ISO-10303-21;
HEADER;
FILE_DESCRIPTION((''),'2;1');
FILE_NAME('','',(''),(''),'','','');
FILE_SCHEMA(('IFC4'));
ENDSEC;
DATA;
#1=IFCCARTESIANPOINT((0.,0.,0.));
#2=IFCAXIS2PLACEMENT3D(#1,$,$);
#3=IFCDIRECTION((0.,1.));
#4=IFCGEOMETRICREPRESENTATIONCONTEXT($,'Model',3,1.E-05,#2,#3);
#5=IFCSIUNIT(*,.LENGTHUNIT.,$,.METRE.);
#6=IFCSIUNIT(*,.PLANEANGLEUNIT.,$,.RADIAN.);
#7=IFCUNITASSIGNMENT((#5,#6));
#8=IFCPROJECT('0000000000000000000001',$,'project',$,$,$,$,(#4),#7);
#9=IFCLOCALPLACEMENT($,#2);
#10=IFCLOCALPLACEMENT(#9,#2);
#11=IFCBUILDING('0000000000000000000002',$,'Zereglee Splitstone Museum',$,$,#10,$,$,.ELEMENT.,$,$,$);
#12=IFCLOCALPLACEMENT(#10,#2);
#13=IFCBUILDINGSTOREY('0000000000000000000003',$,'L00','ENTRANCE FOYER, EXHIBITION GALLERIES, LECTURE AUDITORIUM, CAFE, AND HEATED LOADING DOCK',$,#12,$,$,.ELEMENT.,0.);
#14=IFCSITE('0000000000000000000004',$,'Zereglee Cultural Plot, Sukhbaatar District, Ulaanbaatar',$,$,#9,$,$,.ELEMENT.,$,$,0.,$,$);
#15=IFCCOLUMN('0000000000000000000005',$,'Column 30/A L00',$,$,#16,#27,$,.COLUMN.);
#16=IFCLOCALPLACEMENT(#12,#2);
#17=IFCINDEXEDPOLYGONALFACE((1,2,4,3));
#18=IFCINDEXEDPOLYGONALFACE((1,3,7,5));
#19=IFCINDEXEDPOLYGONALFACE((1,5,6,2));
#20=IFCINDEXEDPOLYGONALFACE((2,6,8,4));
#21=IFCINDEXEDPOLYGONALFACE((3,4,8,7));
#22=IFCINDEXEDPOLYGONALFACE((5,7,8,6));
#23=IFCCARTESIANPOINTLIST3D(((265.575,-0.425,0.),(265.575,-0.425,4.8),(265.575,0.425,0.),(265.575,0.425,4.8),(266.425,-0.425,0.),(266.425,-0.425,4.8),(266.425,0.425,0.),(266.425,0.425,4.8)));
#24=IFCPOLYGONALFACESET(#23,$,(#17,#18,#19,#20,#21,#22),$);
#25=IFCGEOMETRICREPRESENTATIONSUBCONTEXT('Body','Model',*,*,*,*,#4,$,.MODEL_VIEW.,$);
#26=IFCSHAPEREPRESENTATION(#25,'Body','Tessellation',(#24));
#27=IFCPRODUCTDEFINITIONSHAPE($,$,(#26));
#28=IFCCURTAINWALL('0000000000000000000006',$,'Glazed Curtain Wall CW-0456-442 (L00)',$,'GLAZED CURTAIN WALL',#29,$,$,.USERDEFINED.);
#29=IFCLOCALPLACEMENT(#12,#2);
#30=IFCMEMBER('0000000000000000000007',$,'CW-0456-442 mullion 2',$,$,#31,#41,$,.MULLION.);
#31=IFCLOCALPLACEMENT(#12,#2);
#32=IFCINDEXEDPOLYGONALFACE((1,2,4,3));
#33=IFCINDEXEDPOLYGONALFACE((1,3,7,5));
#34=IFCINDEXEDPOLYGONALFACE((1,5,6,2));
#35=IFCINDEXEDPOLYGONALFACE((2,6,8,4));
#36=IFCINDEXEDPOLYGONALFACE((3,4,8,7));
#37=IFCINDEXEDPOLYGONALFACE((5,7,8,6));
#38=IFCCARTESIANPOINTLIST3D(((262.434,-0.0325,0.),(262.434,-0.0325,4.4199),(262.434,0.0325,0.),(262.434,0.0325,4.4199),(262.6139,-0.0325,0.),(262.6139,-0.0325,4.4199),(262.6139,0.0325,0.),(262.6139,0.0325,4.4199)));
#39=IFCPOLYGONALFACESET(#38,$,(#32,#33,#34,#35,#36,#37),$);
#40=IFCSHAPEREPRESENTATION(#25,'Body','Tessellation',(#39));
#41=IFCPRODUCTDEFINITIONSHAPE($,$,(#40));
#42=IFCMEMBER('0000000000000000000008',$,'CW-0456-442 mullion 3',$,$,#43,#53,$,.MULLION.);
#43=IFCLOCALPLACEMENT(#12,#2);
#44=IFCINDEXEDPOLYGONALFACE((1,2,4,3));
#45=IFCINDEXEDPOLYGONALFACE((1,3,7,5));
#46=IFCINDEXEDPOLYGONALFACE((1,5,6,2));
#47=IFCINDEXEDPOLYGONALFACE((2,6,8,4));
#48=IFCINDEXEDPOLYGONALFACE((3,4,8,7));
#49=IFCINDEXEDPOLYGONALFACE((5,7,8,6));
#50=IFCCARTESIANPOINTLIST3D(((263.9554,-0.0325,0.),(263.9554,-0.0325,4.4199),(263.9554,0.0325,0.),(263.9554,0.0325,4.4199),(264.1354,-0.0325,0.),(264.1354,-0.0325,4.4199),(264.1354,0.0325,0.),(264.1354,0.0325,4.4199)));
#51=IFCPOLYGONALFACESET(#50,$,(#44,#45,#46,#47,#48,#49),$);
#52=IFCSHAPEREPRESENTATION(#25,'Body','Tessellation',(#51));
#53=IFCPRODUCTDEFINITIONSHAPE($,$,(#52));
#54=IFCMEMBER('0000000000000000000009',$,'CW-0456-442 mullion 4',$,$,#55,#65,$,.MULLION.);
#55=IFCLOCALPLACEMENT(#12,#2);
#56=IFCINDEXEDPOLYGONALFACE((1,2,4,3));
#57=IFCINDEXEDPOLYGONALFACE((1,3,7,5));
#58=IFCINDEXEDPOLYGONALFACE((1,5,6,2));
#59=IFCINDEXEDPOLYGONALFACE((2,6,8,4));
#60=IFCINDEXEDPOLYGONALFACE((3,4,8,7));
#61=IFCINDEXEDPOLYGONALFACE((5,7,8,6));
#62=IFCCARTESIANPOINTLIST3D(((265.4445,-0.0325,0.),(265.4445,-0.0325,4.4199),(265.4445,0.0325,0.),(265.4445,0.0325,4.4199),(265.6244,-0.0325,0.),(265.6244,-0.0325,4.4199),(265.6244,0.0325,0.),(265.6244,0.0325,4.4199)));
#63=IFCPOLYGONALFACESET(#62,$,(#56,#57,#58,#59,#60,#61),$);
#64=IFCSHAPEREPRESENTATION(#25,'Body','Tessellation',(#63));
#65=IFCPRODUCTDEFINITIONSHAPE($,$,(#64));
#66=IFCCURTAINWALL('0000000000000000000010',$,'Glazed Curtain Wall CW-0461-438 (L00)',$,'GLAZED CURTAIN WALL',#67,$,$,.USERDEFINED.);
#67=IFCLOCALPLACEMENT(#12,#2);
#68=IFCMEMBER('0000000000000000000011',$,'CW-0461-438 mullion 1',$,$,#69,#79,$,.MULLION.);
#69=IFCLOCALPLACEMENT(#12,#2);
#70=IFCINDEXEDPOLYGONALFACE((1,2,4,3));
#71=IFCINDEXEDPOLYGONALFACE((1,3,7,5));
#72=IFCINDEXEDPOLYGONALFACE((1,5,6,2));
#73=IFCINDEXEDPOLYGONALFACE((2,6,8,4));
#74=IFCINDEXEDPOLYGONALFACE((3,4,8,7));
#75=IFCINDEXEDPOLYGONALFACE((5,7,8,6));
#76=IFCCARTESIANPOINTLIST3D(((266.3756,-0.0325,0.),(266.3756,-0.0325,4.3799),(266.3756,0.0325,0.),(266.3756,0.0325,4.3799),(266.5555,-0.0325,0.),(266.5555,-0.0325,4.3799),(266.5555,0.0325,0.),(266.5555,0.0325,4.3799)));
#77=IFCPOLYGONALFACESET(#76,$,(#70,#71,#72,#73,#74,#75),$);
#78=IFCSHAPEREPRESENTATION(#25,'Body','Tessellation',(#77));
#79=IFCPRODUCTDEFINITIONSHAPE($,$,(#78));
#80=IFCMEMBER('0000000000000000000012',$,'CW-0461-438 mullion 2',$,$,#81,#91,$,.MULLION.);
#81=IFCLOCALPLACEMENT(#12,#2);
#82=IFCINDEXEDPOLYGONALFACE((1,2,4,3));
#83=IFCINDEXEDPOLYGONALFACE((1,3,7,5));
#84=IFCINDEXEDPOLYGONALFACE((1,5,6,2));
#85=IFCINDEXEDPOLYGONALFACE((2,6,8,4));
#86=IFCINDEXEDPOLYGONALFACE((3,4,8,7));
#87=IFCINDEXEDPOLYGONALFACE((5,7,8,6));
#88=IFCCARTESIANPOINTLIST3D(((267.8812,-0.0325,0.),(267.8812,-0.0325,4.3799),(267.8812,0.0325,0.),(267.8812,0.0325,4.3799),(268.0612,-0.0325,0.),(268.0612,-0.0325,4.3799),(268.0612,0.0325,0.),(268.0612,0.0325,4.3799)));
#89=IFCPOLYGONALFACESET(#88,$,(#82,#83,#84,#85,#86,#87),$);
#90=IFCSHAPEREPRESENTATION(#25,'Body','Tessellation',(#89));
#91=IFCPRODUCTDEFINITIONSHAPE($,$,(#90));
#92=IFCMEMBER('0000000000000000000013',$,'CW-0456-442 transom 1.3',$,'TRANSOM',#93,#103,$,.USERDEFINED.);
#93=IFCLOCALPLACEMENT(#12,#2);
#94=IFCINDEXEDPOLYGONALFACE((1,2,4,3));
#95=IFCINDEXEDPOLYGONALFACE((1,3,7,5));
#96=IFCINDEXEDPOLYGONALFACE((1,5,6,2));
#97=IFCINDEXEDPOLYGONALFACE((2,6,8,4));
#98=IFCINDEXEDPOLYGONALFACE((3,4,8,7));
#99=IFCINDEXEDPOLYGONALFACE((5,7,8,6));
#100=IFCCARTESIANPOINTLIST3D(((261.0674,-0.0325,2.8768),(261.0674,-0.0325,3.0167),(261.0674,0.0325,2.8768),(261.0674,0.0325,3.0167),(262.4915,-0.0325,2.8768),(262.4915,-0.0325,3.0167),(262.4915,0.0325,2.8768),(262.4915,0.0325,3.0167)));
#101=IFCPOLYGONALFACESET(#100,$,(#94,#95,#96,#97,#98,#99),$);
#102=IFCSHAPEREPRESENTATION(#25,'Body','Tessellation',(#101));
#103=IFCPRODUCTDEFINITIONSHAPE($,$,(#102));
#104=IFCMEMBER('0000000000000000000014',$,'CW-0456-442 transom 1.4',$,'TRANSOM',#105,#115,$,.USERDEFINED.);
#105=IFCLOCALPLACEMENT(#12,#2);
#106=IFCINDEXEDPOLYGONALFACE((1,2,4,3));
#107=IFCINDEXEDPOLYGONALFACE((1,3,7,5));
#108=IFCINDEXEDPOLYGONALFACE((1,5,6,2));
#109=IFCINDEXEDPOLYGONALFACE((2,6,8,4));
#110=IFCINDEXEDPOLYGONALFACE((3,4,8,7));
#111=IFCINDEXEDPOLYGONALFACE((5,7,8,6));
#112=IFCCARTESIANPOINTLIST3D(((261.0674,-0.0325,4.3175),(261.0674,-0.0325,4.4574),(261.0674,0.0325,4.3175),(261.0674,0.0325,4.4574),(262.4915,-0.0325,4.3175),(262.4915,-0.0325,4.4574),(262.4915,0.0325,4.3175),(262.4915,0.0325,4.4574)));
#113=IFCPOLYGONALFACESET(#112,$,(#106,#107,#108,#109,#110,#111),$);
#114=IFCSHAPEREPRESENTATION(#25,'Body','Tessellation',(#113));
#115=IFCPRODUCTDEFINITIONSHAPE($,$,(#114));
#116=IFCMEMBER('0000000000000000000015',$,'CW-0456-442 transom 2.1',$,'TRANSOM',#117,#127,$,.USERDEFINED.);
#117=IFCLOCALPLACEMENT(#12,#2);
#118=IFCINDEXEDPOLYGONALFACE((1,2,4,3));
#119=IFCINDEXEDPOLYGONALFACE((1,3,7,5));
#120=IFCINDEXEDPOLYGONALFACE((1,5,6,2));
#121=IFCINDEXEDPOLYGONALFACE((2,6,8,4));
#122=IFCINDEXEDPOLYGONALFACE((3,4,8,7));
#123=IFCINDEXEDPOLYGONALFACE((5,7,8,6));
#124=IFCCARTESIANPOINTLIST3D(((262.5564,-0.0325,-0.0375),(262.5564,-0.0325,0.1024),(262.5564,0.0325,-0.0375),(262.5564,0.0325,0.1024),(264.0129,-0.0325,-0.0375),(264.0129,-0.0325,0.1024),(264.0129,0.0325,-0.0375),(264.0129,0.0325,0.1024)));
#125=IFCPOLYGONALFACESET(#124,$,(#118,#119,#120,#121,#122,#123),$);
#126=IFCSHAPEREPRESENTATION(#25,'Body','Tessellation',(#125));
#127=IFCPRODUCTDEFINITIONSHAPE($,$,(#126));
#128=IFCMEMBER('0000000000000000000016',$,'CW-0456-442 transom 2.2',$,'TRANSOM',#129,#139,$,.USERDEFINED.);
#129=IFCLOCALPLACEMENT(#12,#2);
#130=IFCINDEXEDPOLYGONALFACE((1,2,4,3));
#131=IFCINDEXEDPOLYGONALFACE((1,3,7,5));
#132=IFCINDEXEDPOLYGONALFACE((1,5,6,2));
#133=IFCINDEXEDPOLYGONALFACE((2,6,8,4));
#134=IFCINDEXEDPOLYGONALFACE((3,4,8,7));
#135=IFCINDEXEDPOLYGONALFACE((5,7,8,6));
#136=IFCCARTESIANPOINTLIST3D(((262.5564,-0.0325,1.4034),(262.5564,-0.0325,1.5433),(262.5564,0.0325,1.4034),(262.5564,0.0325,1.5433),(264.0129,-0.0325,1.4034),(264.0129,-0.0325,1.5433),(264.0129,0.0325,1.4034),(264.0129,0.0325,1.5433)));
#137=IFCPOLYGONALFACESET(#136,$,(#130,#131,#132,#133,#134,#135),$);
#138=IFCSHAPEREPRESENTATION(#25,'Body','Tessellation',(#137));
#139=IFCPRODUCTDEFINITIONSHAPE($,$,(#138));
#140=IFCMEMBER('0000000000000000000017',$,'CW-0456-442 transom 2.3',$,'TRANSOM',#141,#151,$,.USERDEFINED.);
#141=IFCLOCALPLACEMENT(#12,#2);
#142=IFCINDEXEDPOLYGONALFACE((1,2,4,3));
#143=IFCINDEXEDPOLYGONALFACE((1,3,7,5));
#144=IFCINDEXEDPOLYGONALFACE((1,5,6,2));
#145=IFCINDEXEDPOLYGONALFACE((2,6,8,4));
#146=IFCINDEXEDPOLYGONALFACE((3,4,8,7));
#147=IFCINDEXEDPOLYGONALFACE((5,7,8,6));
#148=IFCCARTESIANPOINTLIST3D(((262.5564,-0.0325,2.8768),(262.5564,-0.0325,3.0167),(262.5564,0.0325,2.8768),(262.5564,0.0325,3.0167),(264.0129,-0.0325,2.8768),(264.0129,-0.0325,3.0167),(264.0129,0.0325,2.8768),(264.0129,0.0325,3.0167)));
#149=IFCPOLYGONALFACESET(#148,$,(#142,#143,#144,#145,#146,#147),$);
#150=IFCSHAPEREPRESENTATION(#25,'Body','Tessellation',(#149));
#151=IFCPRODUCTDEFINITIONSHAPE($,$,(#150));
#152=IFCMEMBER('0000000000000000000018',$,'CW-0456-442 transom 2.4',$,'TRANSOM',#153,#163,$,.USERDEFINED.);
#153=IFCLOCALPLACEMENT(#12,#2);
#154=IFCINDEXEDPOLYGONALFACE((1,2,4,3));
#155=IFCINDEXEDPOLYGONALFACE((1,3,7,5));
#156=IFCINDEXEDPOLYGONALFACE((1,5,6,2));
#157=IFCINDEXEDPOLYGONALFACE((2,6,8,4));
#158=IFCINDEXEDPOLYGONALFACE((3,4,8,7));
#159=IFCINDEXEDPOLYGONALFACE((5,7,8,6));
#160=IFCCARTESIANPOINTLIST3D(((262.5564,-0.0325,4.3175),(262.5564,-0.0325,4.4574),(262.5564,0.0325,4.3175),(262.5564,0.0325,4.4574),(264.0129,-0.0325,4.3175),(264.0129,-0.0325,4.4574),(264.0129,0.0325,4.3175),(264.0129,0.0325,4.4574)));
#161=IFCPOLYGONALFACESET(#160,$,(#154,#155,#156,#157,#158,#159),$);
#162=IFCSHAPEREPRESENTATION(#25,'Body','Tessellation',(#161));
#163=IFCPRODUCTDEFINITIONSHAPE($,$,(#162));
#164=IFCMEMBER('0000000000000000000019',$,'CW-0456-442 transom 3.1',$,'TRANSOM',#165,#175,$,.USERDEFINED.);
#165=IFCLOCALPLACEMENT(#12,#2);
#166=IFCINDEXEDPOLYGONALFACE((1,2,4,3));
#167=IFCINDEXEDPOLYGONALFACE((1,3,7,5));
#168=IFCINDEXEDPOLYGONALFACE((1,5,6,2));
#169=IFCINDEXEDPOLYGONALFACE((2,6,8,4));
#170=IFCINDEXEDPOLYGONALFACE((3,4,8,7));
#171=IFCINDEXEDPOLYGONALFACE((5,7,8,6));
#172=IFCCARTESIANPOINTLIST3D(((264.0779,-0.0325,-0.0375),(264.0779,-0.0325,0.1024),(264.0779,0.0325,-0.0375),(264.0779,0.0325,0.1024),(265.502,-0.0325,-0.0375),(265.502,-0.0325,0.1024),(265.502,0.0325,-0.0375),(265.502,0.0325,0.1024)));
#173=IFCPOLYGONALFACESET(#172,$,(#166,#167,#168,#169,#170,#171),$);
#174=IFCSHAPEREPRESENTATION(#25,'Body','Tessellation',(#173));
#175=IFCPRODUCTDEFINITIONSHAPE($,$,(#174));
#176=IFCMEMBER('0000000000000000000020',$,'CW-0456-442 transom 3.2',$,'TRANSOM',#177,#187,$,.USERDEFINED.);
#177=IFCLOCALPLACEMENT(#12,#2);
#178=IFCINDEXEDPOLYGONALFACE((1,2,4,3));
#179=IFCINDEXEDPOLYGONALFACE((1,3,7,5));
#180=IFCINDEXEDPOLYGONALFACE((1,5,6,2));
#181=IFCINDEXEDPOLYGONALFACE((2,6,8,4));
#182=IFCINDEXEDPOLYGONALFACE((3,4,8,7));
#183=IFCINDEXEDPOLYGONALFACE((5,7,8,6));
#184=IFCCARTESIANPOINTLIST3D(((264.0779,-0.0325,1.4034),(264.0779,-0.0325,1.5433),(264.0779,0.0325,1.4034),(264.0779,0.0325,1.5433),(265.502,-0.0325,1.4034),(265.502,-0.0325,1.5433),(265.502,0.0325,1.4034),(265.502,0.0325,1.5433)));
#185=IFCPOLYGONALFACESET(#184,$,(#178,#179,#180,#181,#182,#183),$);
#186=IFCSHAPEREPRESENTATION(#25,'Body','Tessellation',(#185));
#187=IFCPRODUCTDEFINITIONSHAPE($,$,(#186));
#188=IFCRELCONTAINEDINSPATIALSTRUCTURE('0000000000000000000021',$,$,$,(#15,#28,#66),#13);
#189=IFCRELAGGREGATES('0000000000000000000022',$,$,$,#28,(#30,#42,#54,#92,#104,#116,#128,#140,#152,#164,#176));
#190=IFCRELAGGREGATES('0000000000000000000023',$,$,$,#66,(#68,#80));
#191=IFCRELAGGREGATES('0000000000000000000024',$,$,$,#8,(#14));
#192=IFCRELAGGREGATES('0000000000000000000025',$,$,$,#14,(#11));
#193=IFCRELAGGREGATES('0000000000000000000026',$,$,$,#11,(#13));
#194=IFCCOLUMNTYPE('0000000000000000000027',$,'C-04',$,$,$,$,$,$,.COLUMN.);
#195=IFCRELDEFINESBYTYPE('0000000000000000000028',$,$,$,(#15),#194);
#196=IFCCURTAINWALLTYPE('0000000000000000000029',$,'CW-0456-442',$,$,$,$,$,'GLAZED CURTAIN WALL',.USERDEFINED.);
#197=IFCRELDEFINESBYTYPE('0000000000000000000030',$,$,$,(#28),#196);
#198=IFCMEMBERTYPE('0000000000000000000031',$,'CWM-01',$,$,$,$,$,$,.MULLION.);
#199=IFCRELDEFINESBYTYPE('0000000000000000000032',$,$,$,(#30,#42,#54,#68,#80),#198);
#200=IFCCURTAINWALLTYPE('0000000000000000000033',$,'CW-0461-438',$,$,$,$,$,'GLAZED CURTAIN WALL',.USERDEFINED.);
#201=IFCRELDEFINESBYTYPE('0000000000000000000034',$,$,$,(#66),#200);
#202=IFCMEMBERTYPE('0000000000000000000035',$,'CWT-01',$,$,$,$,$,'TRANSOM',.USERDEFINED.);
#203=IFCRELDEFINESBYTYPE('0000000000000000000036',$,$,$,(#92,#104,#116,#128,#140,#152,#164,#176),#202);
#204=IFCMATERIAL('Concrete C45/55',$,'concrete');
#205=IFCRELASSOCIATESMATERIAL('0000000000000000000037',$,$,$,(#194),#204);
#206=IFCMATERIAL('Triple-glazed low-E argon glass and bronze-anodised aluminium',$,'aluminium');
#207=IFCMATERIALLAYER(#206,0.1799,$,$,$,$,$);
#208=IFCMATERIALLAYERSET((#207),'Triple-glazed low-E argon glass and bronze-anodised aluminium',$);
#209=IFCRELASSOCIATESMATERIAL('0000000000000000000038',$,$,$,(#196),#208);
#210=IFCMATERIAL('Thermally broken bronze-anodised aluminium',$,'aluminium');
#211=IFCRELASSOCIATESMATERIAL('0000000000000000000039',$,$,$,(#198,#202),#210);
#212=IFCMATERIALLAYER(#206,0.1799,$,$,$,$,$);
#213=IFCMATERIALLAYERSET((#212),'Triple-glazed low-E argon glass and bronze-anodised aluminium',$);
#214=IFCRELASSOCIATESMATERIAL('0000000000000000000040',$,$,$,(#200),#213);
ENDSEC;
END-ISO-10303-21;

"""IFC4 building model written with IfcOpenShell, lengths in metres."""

from ifc_helpers import new_model, si_unit, direction, frame, origin, origin_2d, place, context, subcontext, project, spatial, rectangle, extrude, material, layer, layer_set, material_profile, profile_set, type_object, element, aggregate, save


model = new_model("IFC4")

# Units and contexts
model_context = context("Model", 3, precision=1e-05, world=origin(), true_north=direction((0.0, 1.0)))
body_context = subcontext(model_context, "Body", "Model", "MODEL_VIEW")
ifc_project = project(units=[si_unit("LENGTHUNIT", "METRE"), si_unit("PLANEANGLEUNIT", "RADIAN")], contexts=[model_context])

# Site, building, storey
site_placement = place(None, origin())
site = spatial("IfcSite", under=ifc_project, at=site_placement, Name="Zereglee Cultural Plot, Sukhbaatar District, Ulaanbaatar", CompositionType="ELEMENT", RefElevation=0.0)
building_placement = place(site_placement, origin())
building = spatial("IfcBuilding", under=site, at=building_placement, Name="Zereglee Splitstone Museum", CompositionType="ELEMENT")
storey_placement = place(building_placement, origin())
storey = spatial("IfcBuildingStorey", under=building, at=storey_placement, Name="L00", Description="ENTRANCE FOYER, EXHIBITION GALLERIES, LECTURE AUDITORIUM, CAFE, AND HEATED LOADING DOCK", CompositionType="ELEMENT", Elevation=0.0)

# Column
ifc_material_1 = material(Name="Concrete C45/55", Category="concrete")
ifc_material_profile_1 = material_profile(ifc_material_1, rectangle(XDim=0.8501, YDim=0.8501, at=origin_2d()), Name="RC 850x850")
ifc_profile_set_1 = profile_set([ifc_material_profile_1], Name="Concrete C45/55")
column_type = type_object("IfcColumnType", Name="C-04", PredefinedType="COLUMN", material=ifc_profile_set_1)
column_placement = place(storey_placement, frame((266.0, 0.0, 0.0), z_axis=(0.0, 0.0, 1.0), x_axis=(1.0, 0.0, 0.0)))
element("IfcColumn", 1, at=column_placement, inside=storey, type_object=column_type, Name="Column 30/A L00", PredefinedType="COLUMN", context=body_context, shape_type="SweptSolid", body=[
    extrude(rectangle(XDim=0.8501, YDim=0.8501, at=origin_2d()), origin(), (0.0, 0.0, 1.0), 4.8),
])

# Curtain walls, members
ifc_material_2 = material(Name="Triple-glazed low-E argon glass and bronze-anodised aluminium", Category="aluminium")
ifc_layer_1 = layer(ifc_material_2, 0.1799)
ifc_layer_set_1 = layer_set([ifc_layer_1], Name="Triple-glazed low-E argon glass and bronze-anodised aluminium")
curtain_wall_type_1 = type_object("IfcCurtainWallType", Name="CW-0456-442", ElementType="GLAZED CURTAIN WALL", PredefinedType="USERDEFINED", material=ifc_layer_set_1)
curtain_wall_1_placement = place(storey_placement, origin())
curtain_wall_1 = element("IfcCurtainWall", 2, at=curtain_wall_1_placement, inside=storey, type_object=curtain_wall_type_1, Name="Glazed Curtain Wall CW-0456-442 (L00)", ObjectType="GLAZED CURTAIN WALL", PredefinedType="USERDEFINED")
ifc_material_3 = material(Name="Thermally broken bronze-anodised aluminium", Category="aluminium")
ifc_material_profile_2 = material_profile(ifc_material_3, rectangle(XDim=0.0649, YDim=0.1799, at=origin_2d()), Name="CW MULL 65x180")
ifc_profile_set_2 = profile_set([ifc_material_profile_2], Name="Thermally broken bronze-anodised aluminium")
member_type_1 = type_object("IfcMemberType", Name="CWM-01", PredefinedType="MULLION", material=ifc_profile_set_2)
member_1_placement = place(storey_placement, frame((262.5239, 0.0, 0.0), z_axis=(0.0, 0.0, 1.0), x_axis=(0.0, 1.0, 0.0)))
member_1 = element("IfcMember", 3, at=member_1_placement, type_object=member_type_1, Name="CW-0456-442 mullion 2", PredefinedType="MULLION", context=body_context, shape_type="SweptSolid", body=[
    extrude(rectangle(XDim=0.0649, YDim=0.1799, at=origin_2d()), origin(), (0.0, 0.0, 1.0), 4.4199),
])
member_2_placement = place(storey_placement, frame((264.0454, 0.0, 0.0), z_axis=(0.0, 0.0, 1.0), x_axis=(0.0, 1.0, 0.0)))
member_2 = element("IfcMember", 4, at=member_2_placement, type_object=member_type_1, Name="CW-0456-442 mullion 3", PredefinedType="MULLION", context=body_context, shape_type="SweptSolid", body=[
    extrude(rectangle(XDim=0.0649, YDim=0.1799, at=origin_2d()), origin(), (0.0, 0.0, 1.0), 4.4199),
])
member_3_placement = place(storey_placement, frame((265.5344, 0.0, 0.0), z_axis=(0.0, 0.0, 1.0), x_axis=(0.0, 1.0, 0.0)))
member_3 = element("IfcMember", 5, at=member_3_placement, type_object=member_type_1, Name="CW-0456-442 mullion 4", PredefinedType="MULLION", context=body_context, shape_type="SweptSolid", body=[
    extrude(rectangle(XDim=0.0649, YDim=0.1799, at=origin_2d()), origin(), (0.0, 0.0, 1.0), 4.4199),
])
ifc_layer_2 = layer(ifc_material_2, 0.1799)
ifc_layer_set_2 = layer_set([ifc_layer_2], Name="Triple-glazed low-E argon glass and bronze-anodised aluminium")
curtain_wall_type_2 = type_object("IfcCurtainWallType", Name="CW-0461-438", ElementType="GLAZED CURTAIN WALL", PredefinedType="USERDEFINED", material=ifc_layer_set_2)
curtain_wall_2_placement = place(storey_placement, origin())
curtain_wall_2 = element("IfcCurtainWall", 6, at=curtain_wall_2_placement, inside=storey, type_object=curtain_wall_type_2, Name="Glazed Curtain Wall CW-0461-438 (L00)", ObjectType="GLAZED CURTAIN WALL", PredefinedType="USERDEFINED")
member_4_placement = place(storey_placement, frame((266.4656, 0.0, 0.0), z_axis=(0.0, 0.0, 1.0), x_axis=(0.0, 1.0, 0.0)))
member_4 = element("IfcMember", 7, at=member_4_placement, type_object=member_type_1, Name="CW-0461-438 mullion 1", PredefinedType="MULLION", context=body_context, shape_type="SweptSolid", body=[
    extrude(rectangle(XDim=0.0649, YDim=0.1799, at=origin_2d()), origin(), (0.0, 0.0, 1.0), 4.3799),
])
member_5_placement = place(storey_placement, frame((267.9712, 0.0, 0.0), z_axis=(0.0, 0.0, 1.0), x_axis=(0.0, 1.0, 0.0)))
member_5 = element("IfcMember", 8, at=member_5_placement, type_object=member_type_1, Name="CW-0461-438 mullion 2", PredefinedType="MULLION", context=body_context, shape_type="SweptSolid", body=[
    extrude(rectangle(XDim=0.0649, YDim=0.1799, at=origin_2d()), origin(), (0.0, 0.0, 1.0), 4.3799),
])

# Members
ifc_material_profile_3 = material_profile(ifc_material_3, rectangle(XDim=0.0649, YDim=0.1399, at=origin_2d()), Name="CW TRAN 65x140")
ifc_profile_set_3 = profile_set([ifc_material_profile_3], Name="Thermally broken bronze-anodised aluminium")
member_type_2 = type_object("IfcMemberType", Name="CWT-01", ElementType="TRANSOM", PredefinedType="USERDEFINED", material=ifc_profile_set_3)
member_6_placement = place(storey_placement, frame((261.0674, 0.0, 2.9468), z_axis=(1.0, 0.0, 0.0), x_axis=(0.0, 1.0, 0.0)))
member_6 = element("IfcMember", 9, at=member_6_placement, type_object=member_type_2, Name="CW-0456-442 transom 1.3", ObjectType="TRANSOM", PredefinedType="USERDEFINED", context=body_context, shape_type="SweptSolid", body=[
    extrude(rectangle(XDim=0.0649, YDim=0.1399, at=origin_2d()), origin(), (0.0, 0.0, 1.0), 1.4241),
])
member_7_placement = place(storey_placement, frame((261.0674, 0.0, 4.3875), z_axis=(1.0, 0.0, 0.0), x_axis=(0.0, 1.0, 0.0)))
member_7 = element("IfcMember", 10, at=member_7_placement, type_object=member_type_2, Name="CW-0456-442 transom 1.4", ObjectType="TRANSOM", PredefinedType="USERDEFINED", context=body_context, shape_type="SweptSolid", body=[
    extrude(rectangle(XDim=0.0649, YDim=0.1399, at=origin_2d()), origin(), (0.0, 0.0, 1.0), 1.4241),
])
member_8_placement = place(storey_placement, frame((262.5564, 0.0, 0.0325), z_axis=(1.0, 0.0, 0.0), x_axis=(0.0, 1.0, 0.0)))
member_8 = element("IfcMember", 11, at=member_8_placement, type_object=member_type_2, Name="CW-0456-442 transom 2.1", ObjectType="TRANSOM", PredefinedType="USERDEFINED", context=body_context, shape_type="SweptSolid", body=[
    extrude(rectangle(XDim=0.0649, YDim=0.1399, at=origin_2d()), origin(), (0.0, 0.0, 1.0), 1.4565),
])
member_9_placement = place(storey_placement, frame((262.5564, 0.0, 1.4734), z_axis=(1.0, 0.0, 0.0), x_axis=(0.0, 1.0, 0.0)))
member_9 = element("IfcMember", 12, at=member_9_placement, type_object=member_type_2, Name="CW-0456-442 transom 2.2", ObjectType="TRANSOM", PredefinedType="USERDEFINED", context=body_context, shape_type="SweptSolid", body=[
    extrude(rectangle(XDim=0.0649, YDim=0.1399, at=origin_2d()), origin(), (0.0, 0.0, 1.0), 1.4565),
])
member_10_placement = place(storey_placement, frame((262.5564, 0.0, 2.9468), z_axis=(1.0, 0.0, 0.0), x_axis=(0.0, 1.0, 0.0)))
member_10 = element("IfcMember", 13, at=member_10_placement, type_object=member_type_2, Name="CW-0456-442 transom 2.3", ObjectType="TRANSOM", PredefinedType="USERDEFINED", context=body_context, shape_type="SweptSolid", body=[
    extrude(rectangle(XDim=0.0649, YDim=0.1399, at=origin_2d()), origin(), (0.0, 0.0, 1.0), 1.4565),
])
member_11_placement = place(storey_placement, frame((262.5564, 0.0, 4.3875), z_axis=(1.0, 0.0, 0.0), x_axis=(0.0, 1.0, 0.0)))
member_11 = element("IfcMember", 14, at=member_11_placement, type_object=member_type_2, Name="CW-0456-442 transom 2.4", ObjectType="TRANSOM", PredefinedType="USERDEFINED", context=body_context, shape_type="SweptSolid", body=[
    extrude(rectangle(XDim=0.0649, YDim=0.1399, at=origin_2d()), origin(), (0.0, 0.0, 1.0), 1.4565),
])
member_12_placement = place(storey_placement, frame((264.0779, 0.0, 0.0325), z_axis=(1.0, 0.0, 0.0), x_axis=(0.0, 1.0, 0.0)))
member_12 = element("IfcMember", 15, at=member_12_placement, type_object=member_type_2, Name="CW-0456-442 transom 3.1", ObjectType="TRANSOM", PredefinedType="USERDEFINED", context=body_context, shape_type="SweptSolid", body=[
    extrude(rectangle(XDim=0.0649, YDim=0.1399, at=origin_2d()), origin(), (0.0, 0.0, 1.0), 1.4241),
])
member_13_placement = place(storey_placement, frame((264.0779, 0.0, 1.4734), z_axis=(1.0, 0.0, 0.0), x_axis=(0.0, 1.0, 0.0)))
member_13 = element("IfcMember", 16, at=member_13_placement, type_object=member_type_2, Name="CW-0456-442 transom 3.2", ObjectType="TRANSOM", PredefinedType="USERDEFINED", context=body_context, shape_type="SweptSolid", body=[
    extrude(rectangle(XDim=0.0649, YDim=0.1399, at=origin_2d()), origin(), (0.0, 0.0, 1.0), 1.4241),
])

aggregate(curtain_wall_1, [member_1, member_2, member_3, member_6, member_7, member_8, member_9, member_10, member_11, member_12, member_13])
aggregate(curtain_wall_2, [member_4, member_5])

save(model, "model.ifc")
